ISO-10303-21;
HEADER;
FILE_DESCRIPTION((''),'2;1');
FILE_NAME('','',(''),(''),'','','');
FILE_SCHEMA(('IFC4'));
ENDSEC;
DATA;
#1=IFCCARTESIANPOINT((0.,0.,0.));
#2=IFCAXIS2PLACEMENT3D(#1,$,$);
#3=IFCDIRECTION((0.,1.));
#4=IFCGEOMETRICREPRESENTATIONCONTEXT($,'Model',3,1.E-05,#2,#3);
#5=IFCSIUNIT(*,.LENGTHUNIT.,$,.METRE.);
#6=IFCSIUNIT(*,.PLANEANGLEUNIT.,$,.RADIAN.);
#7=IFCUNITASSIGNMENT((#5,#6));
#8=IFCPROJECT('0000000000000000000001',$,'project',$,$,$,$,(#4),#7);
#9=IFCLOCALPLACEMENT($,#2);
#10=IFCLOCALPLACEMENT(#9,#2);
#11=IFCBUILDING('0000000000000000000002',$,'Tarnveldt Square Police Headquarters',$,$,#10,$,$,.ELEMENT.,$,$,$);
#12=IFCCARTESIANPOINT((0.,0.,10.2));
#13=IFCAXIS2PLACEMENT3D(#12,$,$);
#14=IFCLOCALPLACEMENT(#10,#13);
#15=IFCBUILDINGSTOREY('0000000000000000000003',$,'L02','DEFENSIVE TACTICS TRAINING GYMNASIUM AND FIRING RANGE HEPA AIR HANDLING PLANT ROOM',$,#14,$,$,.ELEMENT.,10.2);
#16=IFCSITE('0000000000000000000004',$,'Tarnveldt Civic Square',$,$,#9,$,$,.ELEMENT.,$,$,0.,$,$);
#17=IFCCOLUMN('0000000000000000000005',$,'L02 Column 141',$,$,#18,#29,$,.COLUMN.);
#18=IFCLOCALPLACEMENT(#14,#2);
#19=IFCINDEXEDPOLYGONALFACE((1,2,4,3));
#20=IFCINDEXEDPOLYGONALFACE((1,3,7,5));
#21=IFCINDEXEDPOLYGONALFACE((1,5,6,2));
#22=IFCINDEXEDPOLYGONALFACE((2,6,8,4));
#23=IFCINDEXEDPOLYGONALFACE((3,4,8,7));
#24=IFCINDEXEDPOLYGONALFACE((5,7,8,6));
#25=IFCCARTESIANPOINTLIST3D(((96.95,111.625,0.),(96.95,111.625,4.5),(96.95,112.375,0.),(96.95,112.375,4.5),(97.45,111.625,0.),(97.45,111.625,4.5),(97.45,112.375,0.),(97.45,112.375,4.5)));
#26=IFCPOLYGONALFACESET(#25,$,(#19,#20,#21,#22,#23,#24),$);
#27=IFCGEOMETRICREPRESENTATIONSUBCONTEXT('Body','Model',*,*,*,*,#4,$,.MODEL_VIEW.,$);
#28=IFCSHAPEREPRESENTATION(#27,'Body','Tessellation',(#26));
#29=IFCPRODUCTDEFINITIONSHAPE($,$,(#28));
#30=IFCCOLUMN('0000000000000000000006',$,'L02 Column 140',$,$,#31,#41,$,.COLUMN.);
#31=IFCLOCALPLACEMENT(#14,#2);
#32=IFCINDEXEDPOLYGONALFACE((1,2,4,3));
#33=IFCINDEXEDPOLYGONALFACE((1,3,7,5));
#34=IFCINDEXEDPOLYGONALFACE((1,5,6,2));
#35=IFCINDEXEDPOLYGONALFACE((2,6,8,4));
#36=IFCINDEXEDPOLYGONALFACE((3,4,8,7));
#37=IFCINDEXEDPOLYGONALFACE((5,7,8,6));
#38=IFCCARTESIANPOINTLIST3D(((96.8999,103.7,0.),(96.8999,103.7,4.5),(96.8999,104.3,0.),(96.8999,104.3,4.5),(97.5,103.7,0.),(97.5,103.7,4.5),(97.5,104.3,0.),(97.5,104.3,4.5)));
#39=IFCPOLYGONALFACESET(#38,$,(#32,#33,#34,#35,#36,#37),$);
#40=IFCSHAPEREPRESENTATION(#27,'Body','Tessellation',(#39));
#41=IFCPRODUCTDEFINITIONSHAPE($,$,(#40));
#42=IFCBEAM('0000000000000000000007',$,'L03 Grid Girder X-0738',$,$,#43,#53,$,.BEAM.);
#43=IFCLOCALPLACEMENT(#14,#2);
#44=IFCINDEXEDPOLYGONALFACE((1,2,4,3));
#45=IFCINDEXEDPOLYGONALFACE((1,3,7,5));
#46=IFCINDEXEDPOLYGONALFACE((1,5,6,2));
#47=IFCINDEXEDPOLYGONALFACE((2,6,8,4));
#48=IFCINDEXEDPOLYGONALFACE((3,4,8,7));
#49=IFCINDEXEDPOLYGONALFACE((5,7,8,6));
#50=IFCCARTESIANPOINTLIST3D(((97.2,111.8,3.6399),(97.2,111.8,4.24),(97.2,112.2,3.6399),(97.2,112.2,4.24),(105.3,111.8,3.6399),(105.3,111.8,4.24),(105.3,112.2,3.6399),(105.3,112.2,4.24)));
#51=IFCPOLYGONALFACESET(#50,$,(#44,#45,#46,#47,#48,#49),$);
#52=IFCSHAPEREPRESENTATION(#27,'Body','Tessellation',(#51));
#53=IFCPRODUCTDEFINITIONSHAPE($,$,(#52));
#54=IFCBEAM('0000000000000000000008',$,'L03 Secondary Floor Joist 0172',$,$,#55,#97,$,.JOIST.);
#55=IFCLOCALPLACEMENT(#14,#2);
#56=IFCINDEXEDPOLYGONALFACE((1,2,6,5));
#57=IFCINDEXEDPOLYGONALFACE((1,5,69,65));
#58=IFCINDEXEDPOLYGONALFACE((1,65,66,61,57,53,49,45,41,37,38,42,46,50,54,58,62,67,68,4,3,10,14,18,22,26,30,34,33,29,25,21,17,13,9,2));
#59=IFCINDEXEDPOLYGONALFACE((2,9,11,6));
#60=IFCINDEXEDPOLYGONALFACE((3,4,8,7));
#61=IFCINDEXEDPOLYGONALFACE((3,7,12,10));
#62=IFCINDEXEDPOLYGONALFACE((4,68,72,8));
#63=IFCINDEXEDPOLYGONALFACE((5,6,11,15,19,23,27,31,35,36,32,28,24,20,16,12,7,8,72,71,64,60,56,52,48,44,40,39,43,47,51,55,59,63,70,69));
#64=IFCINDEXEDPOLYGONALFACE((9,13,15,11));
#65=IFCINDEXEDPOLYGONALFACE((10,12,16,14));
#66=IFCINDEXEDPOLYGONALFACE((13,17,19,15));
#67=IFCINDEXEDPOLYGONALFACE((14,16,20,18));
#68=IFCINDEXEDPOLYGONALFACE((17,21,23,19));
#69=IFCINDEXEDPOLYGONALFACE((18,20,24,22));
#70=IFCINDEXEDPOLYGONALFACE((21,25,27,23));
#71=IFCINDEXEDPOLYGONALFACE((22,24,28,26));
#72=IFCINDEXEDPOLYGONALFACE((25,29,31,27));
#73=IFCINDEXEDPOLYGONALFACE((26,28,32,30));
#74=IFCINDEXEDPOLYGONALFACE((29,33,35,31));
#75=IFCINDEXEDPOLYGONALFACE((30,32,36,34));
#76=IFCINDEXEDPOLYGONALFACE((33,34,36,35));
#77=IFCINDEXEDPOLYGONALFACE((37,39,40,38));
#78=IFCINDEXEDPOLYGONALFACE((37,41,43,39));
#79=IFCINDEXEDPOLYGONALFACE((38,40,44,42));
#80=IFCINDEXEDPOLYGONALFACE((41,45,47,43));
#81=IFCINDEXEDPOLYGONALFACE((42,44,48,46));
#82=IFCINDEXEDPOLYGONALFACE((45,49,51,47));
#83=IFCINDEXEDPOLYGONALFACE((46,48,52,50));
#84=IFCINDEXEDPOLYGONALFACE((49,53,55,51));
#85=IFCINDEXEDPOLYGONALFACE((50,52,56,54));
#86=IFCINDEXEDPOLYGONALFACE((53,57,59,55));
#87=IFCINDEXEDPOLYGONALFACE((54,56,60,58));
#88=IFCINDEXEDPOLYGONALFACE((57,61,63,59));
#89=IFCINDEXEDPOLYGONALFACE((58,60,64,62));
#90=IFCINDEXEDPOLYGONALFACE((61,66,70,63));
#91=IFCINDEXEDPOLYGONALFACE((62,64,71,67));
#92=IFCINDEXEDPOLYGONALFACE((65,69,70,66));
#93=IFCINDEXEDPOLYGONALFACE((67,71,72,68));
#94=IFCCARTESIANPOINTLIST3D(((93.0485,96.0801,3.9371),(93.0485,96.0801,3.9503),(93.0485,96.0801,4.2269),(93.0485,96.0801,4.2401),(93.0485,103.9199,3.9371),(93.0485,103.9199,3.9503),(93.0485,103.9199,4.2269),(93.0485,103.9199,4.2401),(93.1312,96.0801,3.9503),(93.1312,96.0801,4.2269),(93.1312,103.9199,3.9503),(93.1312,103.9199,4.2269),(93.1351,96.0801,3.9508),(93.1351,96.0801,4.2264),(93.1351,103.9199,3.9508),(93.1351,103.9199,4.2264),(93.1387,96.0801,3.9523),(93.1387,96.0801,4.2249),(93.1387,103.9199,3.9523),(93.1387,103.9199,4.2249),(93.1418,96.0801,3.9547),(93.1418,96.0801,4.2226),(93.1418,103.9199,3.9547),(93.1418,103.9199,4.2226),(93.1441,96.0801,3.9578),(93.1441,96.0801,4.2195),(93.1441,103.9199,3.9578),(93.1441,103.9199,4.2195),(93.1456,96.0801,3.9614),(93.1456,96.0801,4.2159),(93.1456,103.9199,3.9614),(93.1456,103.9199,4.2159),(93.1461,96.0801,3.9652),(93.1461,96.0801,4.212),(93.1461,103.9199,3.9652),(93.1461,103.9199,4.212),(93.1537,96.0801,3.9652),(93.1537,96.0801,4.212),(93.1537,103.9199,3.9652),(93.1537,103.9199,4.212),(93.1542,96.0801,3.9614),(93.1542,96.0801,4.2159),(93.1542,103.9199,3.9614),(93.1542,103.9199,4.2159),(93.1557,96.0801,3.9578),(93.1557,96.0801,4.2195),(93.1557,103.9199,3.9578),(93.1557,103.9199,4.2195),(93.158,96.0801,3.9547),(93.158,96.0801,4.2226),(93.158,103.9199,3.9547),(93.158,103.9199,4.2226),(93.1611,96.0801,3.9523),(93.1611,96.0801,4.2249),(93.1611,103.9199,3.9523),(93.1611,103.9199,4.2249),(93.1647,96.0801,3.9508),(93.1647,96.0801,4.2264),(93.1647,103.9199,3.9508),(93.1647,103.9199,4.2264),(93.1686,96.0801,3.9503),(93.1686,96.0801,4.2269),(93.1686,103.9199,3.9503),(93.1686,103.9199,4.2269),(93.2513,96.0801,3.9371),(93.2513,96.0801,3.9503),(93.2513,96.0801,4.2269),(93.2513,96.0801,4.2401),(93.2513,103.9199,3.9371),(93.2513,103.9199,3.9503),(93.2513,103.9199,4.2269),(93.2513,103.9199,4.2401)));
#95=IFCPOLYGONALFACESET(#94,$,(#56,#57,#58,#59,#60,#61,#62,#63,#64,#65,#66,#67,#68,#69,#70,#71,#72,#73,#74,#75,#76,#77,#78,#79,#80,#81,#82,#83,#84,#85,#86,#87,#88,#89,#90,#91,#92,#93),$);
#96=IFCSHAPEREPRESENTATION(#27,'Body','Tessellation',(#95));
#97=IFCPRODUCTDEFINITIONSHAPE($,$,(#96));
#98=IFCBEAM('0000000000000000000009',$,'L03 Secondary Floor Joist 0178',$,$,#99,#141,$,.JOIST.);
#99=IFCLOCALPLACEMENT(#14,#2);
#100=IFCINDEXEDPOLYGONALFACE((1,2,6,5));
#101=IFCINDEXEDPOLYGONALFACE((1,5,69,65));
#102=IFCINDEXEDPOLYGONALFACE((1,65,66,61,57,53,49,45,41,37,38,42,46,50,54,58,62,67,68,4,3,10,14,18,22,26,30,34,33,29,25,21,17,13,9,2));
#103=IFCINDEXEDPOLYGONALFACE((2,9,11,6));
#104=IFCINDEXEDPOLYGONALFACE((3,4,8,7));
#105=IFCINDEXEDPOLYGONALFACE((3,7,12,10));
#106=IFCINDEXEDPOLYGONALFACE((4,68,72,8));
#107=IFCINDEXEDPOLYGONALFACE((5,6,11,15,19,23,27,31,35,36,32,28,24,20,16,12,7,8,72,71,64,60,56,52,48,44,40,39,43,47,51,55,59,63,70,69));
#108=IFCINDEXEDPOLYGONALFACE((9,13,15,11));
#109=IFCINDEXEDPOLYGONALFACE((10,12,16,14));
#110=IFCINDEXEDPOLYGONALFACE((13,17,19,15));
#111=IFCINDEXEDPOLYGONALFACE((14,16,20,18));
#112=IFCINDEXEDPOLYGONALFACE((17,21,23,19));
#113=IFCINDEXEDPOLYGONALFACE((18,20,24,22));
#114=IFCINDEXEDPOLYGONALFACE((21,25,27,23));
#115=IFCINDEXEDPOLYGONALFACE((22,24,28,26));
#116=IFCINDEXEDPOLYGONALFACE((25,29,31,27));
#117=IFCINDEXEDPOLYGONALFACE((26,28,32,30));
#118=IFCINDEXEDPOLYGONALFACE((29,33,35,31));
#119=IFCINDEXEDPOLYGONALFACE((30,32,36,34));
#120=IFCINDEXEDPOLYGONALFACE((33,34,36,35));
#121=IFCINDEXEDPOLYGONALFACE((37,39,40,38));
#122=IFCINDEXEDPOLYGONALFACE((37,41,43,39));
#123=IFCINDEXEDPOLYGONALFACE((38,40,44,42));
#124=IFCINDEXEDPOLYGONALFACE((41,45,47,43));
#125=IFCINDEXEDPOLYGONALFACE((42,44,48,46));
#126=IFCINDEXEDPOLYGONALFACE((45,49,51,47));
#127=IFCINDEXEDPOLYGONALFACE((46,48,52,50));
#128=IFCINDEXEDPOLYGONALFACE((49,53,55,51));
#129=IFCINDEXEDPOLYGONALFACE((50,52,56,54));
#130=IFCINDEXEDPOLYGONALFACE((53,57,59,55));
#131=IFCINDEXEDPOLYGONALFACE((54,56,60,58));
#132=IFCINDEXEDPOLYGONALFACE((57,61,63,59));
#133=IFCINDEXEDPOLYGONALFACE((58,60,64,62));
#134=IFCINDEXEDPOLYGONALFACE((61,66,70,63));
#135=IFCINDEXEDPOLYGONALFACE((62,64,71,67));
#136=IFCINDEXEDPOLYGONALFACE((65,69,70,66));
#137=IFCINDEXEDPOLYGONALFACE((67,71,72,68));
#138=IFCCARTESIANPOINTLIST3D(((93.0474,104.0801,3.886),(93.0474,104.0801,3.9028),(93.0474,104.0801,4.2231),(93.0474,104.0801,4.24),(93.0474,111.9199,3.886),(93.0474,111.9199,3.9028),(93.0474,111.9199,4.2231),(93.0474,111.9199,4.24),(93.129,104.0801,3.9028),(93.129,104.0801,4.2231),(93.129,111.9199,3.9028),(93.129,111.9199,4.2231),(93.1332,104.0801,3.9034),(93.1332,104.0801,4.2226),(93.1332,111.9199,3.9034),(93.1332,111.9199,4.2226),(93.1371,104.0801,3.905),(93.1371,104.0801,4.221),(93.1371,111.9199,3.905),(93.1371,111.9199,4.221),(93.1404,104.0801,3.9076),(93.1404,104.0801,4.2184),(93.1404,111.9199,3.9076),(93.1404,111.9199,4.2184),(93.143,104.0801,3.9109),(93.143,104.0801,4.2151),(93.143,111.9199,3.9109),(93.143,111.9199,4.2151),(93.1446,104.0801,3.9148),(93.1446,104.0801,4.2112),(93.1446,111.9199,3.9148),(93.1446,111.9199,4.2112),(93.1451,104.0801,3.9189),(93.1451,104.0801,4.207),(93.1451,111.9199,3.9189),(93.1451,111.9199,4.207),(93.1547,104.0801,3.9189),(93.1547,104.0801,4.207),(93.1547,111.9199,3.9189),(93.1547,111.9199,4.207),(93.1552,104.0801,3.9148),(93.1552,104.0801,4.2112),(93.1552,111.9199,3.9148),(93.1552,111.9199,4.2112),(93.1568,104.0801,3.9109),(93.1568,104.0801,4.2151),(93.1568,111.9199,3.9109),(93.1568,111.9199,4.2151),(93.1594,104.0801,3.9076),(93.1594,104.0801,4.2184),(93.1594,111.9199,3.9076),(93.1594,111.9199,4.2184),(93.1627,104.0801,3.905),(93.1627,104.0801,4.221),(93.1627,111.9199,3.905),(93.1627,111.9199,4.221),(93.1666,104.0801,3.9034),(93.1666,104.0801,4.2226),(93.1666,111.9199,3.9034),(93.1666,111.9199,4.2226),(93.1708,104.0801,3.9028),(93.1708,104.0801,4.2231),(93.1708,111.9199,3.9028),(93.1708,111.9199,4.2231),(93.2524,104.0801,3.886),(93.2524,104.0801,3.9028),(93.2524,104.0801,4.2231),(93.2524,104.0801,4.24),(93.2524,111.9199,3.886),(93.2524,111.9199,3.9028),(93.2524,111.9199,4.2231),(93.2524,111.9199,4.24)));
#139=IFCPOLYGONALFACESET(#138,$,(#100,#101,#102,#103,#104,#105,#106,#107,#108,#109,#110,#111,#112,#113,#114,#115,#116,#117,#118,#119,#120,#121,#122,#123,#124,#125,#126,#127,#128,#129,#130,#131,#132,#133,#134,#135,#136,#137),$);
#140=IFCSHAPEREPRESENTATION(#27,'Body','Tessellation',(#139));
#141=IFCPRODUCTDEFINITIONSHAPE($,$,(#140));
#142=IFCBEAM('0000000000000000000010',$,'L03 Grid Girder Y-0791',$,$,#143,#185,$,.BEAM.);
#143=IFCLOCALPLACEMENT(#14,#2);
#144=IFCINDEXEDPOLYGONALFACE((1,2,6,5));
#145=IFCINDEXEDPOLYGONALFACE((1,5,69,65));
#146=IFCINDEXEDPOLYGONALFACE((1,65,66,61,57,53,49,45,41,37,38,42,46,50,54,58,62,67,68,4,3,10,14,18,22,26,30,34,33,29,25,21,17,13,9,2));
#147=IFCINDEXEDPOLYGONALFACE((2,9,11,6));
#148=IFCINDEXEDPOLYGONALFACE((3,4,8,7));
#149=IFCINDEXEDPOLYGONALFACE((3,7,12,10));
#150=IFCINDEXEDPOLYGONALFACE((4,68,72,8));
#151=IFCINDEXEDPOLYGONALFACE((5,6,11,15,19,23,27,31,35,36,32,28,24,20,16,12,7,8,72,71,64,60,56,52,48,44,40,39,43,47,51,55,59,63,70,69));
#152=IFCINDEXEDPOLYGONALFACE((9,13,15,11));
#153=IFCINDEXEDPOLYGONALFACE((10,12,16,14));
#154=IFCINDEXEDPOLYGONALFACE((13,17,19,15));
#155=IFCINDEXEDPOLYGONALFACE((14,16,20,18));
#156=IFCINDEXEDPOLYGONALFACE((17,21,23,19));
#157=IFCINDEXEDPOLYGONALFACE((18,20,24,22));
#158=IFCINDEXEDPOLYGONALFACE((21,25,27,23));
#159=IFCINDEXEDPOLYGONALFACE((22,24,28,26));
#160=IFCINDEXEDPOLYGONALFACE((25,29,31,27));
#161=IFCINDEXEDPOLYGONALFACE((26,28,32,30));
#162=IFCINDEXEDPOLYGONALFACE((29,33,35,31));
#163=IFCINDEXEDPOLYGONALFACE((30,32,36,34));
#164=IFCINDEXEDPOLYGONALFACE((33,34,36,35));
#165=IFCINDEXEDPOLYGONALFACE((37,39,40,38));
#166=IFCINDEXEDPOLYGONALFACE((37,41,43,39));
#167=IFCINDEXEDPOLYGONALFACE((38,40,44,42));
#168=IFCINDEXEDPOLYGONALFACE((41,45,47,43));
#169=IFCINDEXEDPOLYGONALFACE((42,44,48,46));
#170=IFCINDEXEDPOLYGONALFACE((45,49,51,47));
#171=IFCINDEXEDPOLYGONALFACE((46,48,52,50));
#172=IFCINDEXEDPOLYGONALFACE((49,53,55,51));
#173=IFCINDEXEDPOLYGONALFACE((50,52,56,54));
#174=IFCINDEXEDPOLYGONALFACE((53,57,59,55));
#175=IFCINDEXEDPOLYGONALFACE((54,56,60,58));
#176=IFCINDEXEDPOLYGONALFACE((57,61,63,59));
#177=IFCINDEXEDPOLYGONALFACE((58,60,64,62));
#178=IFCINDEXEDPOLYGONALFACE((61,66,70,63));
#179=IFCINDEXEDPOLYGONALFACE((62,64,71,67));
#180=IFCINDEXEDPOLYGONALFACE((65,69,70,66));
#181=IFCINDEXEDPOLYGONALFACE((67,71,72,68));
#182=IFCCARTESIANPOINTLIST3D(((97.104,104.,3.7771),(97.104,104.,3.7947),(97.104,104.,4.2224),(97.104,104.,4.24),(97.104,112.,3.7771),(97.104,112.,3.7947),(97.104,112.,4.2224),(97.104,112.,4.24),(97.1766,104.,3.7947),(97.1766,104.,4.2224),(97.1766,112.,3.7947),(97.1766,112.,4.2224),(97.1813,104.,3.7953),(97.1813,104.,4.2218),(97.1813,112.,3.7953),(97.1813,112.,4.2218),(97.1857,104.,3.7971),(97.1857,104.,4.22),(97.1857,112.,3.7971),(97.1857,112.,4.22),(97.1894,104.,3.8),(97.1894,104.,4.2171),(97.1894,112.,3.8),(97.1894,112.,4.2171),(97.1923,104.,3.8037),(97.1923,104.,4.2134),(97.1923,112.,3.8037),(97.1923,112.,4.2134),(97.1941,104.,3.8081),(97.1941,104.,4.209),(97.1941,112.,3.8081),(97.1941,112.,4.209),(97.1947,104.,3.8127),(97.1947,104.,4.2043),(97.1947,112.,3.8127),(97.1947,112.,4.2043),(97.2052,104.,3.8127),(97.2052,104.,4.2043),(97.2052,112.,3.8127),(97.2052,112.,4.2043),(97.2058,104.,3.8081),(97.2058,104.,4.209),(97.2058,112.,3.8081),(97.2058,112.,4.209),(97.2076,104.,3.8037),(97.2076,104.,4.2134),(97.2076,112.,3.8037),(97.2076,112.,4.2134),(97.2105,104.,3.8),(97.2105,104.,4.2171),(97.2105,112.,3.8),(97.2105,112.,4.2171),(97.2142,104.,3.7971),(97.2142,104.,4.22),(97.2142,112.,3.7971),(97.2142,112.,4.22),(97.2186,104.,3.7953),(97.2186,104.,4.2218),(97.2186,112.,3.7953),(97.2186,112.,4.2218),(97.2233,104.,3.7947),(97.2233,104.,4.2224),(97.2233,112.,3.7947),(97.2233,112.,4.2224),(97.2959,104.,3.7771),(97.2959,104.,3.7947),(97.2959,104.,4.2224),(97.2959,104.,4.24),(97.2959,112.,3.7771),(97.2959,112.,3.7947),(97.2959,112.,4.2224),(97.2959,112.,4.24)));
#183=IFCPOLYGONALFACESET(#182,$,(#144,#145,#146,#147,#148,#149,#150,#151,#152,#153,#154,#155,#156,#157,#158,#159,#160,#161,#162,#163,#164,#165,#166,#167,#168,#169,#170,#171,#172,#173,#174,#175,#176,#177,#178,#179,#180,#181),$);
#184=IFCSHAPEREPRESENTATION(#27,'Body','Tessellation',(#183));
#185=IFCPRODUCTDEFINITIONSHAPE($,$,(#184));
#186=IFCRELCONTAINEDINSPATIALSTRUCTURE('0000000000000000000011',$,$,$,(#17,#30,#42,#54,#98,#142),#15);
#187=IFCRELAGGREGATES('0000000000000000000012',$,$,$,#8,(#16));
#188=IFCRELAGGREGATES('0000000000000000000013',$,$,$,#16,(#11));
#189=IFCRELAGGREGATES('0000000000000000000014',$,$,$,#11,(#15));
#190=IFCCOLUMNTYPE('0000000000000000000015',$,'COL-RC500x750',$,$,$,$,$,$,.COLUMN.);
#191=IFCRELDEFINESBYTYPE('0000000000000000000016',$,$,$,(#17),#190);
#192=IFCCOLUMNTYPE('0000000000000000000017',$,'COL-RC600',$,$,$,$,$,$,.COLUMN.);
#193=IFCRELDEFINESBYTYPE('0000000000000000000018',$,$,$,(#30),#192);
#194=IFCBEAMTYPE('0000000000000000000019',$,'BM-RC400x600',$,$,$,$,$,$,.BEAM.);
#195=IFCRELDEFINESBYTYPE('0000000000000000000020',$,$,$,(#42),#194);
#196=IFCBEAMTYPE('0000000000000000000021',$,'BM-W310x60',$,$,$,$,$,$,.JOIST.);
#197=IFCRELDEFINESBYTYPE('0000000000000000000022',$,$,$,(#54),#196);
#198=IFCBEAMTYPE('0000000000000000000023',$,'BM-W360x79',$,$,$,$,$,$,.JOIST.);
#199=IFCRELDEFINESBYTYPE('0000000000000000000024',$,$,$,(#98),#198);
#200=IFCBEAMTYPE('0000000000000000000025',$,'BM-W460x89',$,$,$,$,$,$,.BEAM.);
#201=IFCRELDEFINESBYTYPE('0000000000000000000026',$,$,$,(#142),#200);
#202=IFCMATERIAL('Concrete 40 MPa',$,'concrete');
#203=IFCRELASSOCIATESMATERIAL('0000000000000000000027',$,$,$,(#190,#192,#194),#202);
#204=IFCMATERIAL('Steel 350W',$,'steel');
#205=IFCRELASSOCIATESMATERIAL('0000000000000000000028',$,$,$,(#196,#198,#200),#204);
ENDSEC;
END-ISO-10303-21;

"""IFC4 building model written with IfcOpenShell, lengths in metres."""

from ifc_helpers import new_model, si_unit, direction, frame, origin, origin_2d, place, context, subcontext, project, spatial, rectangle, i_section, extrude, material, material_profile, profile_set, type_object, element, save


model = new_model("IFC4")

# Units and contexts
model_context = context("Model", 3, precision=1e-05, world=origin(), true_north=direction((0.0, 1.0)))
body_context = subcontext(model_context, "Body", "Model", "MODEL_VIEW")
ifc_project = project(units=[si_unit("LENGTHUNIT", "METRE"), si_unit("PLANEANGLEUNIT", "RADIAN")], contexts=[model_context])

# Site, building, storey
site_placement = place(None, origin())
site = spatial("IfcSite", under=ifc_project, at=site_placement, Name="Tarnveldt Civic Square", CompositionType="ELEMENT", RefElevation=0.0)
building_placement = place(site_placement, origin())
building = spatial("IfcBuilding", under=site, at=building_placement, Name="Tarnveldt Square Police Headquarters", CompositionType="ELEMENT")
storey_placement = place(building_placement, frame((0.0, 0.0, 10.2)))
storey = spatial("IfcBuildingStorey", under=building, at=storey_placement, Name="L02", Description="DEFENSIVE TACTICS TRAINING GYMNASIUM AND FIRING RANGE HEPA AIR HANDLING PLANT ROOM", CompositionType="ELEMENT", Elevation=10.2)

# Columns
ifc_material_1 = material(Name="Concrete 40 MPa", Category="concrete")
ifc_material_profile_1 = material_profile(ifc_material_1, rectangle(XDim=0.5, YDim=0.75, at=origin_2d()), Name="RC-C500x750")
ifc_profile_set_1 = profile_set([ifc_material_profile_1], Name="Concrete 40 MPa")
column_type_1 = type_object("IfcColumnType", Name="COL-RC500x750", PredefinedType="COLUMN", material=ifc_profile_set_1)
column_1_placement = place(storey_placement, frame((97.2, 112.0, 0.0), z_axis=(0.0, 0.0, 1.0), x_axis=(1.0, 0.0, 0.0)))
element("IfcColumn", 1, at=column_1_placement, inside=storey, type_object=column_type_1, Name="L02 Column 141", PredefinedType="COLUMN", context=body_context, shape_type="SweptSolid", body=[
    extrude(rectangle(XDim=0.5, YDim=0.75, at=origin_2d()), origin(), (0.0, 0.0, 1.0), 4.5),
])
ifc_material_profile_2 = material_profile(ifc_material_1, rectangle(XDim=0.6001, YDim=0.6001, at=origin_2d()), Name="RC-C600x600")
ifc_profile_set_2 = profile_set([ifc_material_profile_2], Name="Concrete 40 MPa")
column_type_2 = type_object("IfcColumnType", Name="COL-RC600", PredefinedType="COLUMN", material=ifc_profile_set_2)
column_2_placement = place(storey_placement, frame((97.2, 104.0, 0.0), z_axis=(0.0, 0.0, 1.0), x_axis=(1.0, 0.0, 0.0)))
element("IfcColumn", 2, at=column_2_placement, inside=storey, type_object=column_type_2, Name="L02 Column 140", PredefinedType="COLUMN", context=body_context, shape_type="SweptSolid", body=[
    extrude(rectangle(XDim=0.6001, YDim=0.6001, at=origin_2d()), origin(), (0.0, 0.0, 1.0), 4.5),
])

# Beams
ifc_material_profile_3 = material_profile(ifc_material_1, rectangle(XDim=0.3999, YDim=0.6001, at=origin_2d()), Name="RC-B400x600")
ifc_profile_set_3 = profile_set([ifc_material_profile_3], Name="Concrete 40 MPa")
beam_type_1 = type_object("IfcBeamType", Name="BM-RC400x600", PredefinedType="BEAM", material=ifc_profile_set_3)
beam_1_placement = place(storey_placement, frame((97.2, 112.0, 3.9399), z_axis=(1.0, 0.0, 0.0), x_axis=(0.0, 1.0, 0.0)))
element("IfcBeam", 3, at=beam_1_placement, inside=storey, type_object=beam_type_1, Name="L03 Grid Girder X-0738", PredefinedType="BEAM", context=body_context, shape_type="SweptSolid", body=[
    extrude(rectangle(XDim=0.3999, YDim=0.6001, at=origin_2d()), origin(), (0.0, 0.0, 1.0), 8.1001),
])
ifc_material_2 = material(Name="Steel 350W", Category="steel")
ifc_material_profile_4 = material_profile(ifc_material_2, i_section(OverallWidth=0.2029, OverallDepth=0.303, WebThickness=0.0076, FlangeThickness=0.0132, FilletRadius=0.0149, at=origin_2d()), Name="W310x60")
ifc_profile_set_4 = profile_set([ifc_material_profile_4], Name="Steel 350W")
beam_type_2 = type_object("IfcBeamType", Name="BM-W310x60", PredefinedType="JOIST", material=ifc_profile_set_4)
beam_2_placement = place(storey_placement, frame((93.1499, 96.0801, 4.0886), z_axis=(0.0, 1.0, 0.0), x_axis=(-1.0, 0.0, 0.0)))
element("IfcBeam", 4, at=beam_2_placement, inside=storey, type_object=beam_type_2, Name="L03 Secondary Floor Joist 0172", PredefinedType="JOIST", context=body_context, shape_type="SweptSolid", body=[
    extrude(i_section(OverallWidth=0.2029, OverallDepth=0.303, WebThickness=0.0076, FlangeThickness=0.0132, FilletRadius=0.0149, at=origin_2d()), origin(), (0.0, 0.0, 1.0), 7.8398),
])
ifc_material_profile_5 = material_profile(ifc_material_2, i_section(OverallWidth=0.2051, OverallDepth=0.354, WebThickness=0.0095, FlangeThickness=0.0168, FilletRadius=0.0161, at=origin_2d()), Name="W360x79")
ifc_profile_set_5 = profile_set([ifc_material_profile_5], Name="Steel 350W")
beam_type_3 = type_object("IfcBeamType", Name="BM-W360x79", PredefinedType="JOIST", material=ifc_profile_set_5)
beam_3_placement = place(storey_placement, frame((93.1499, 104.0801, 4.063), z_axis=(0.0, 1.0, 0.0), x_axis=(-1.0, 0.0, 0.0)))
element("IfcBeam", 5, at=beam_3_placement, inside=storey, type_object=beam_type_3, Name="L03 Secondary Floor Joist 0178", PredefinedType="JOIST", context=body_context, shape_type="SweptSolid", body=[
    extrude(i_section(OverallWidth=0.2051, OverallDepth=0.354, WebThickness=0.0095, FlangeThickness=0.0168, FilletRadius=0.0161, at=origin_2d()), origin(), (0.0, 0.0, 1.0), 7.8398),
])
ifc_material_profile_6 = material_profile(ifc_material_2, i_section(OverallWidth=0.1919, OverallDepth=0.4629, WebThickness=0.0105, FlangeThickness=0.0176, FilletRadius=0.0181, at=origin_2d()), Name="W460x89")
ifc_profile_set_6 = profile_set([ifc_material_profile_6], Name="Steel 350W")
beam_type_4 = type_object("IfcBeamType", Name="BM-W460x89", PredefinedType="BEAM", material=ifc_profile_set_6)
beam_4_placement = place(storey_placement, frame((97.2, 104.0, 4.0085), z_axis=(0.0, 1.0, 0.0), x_axis=(-1.0, 0.0, 0.0)))
element("IfcBeam", 6, at=beam_4_placement, inside=storey, type_object=beam_type_4, Name="L03 Grid Girder Y-0791", PredefinedType="BEAM", context=body_context, shape_type="SweptSolid", body=[
    extrude(i_section(OverallWidth=0.1919, OverallDepth=0.4629, WebThickness=0.0105, FlangeThickness=0.0176, FilletRadius=0.0181, at=origin_2d()), origin(), (0.0, 0.0, 1.0), 8.0),
])

save(model, "model.ifc")
